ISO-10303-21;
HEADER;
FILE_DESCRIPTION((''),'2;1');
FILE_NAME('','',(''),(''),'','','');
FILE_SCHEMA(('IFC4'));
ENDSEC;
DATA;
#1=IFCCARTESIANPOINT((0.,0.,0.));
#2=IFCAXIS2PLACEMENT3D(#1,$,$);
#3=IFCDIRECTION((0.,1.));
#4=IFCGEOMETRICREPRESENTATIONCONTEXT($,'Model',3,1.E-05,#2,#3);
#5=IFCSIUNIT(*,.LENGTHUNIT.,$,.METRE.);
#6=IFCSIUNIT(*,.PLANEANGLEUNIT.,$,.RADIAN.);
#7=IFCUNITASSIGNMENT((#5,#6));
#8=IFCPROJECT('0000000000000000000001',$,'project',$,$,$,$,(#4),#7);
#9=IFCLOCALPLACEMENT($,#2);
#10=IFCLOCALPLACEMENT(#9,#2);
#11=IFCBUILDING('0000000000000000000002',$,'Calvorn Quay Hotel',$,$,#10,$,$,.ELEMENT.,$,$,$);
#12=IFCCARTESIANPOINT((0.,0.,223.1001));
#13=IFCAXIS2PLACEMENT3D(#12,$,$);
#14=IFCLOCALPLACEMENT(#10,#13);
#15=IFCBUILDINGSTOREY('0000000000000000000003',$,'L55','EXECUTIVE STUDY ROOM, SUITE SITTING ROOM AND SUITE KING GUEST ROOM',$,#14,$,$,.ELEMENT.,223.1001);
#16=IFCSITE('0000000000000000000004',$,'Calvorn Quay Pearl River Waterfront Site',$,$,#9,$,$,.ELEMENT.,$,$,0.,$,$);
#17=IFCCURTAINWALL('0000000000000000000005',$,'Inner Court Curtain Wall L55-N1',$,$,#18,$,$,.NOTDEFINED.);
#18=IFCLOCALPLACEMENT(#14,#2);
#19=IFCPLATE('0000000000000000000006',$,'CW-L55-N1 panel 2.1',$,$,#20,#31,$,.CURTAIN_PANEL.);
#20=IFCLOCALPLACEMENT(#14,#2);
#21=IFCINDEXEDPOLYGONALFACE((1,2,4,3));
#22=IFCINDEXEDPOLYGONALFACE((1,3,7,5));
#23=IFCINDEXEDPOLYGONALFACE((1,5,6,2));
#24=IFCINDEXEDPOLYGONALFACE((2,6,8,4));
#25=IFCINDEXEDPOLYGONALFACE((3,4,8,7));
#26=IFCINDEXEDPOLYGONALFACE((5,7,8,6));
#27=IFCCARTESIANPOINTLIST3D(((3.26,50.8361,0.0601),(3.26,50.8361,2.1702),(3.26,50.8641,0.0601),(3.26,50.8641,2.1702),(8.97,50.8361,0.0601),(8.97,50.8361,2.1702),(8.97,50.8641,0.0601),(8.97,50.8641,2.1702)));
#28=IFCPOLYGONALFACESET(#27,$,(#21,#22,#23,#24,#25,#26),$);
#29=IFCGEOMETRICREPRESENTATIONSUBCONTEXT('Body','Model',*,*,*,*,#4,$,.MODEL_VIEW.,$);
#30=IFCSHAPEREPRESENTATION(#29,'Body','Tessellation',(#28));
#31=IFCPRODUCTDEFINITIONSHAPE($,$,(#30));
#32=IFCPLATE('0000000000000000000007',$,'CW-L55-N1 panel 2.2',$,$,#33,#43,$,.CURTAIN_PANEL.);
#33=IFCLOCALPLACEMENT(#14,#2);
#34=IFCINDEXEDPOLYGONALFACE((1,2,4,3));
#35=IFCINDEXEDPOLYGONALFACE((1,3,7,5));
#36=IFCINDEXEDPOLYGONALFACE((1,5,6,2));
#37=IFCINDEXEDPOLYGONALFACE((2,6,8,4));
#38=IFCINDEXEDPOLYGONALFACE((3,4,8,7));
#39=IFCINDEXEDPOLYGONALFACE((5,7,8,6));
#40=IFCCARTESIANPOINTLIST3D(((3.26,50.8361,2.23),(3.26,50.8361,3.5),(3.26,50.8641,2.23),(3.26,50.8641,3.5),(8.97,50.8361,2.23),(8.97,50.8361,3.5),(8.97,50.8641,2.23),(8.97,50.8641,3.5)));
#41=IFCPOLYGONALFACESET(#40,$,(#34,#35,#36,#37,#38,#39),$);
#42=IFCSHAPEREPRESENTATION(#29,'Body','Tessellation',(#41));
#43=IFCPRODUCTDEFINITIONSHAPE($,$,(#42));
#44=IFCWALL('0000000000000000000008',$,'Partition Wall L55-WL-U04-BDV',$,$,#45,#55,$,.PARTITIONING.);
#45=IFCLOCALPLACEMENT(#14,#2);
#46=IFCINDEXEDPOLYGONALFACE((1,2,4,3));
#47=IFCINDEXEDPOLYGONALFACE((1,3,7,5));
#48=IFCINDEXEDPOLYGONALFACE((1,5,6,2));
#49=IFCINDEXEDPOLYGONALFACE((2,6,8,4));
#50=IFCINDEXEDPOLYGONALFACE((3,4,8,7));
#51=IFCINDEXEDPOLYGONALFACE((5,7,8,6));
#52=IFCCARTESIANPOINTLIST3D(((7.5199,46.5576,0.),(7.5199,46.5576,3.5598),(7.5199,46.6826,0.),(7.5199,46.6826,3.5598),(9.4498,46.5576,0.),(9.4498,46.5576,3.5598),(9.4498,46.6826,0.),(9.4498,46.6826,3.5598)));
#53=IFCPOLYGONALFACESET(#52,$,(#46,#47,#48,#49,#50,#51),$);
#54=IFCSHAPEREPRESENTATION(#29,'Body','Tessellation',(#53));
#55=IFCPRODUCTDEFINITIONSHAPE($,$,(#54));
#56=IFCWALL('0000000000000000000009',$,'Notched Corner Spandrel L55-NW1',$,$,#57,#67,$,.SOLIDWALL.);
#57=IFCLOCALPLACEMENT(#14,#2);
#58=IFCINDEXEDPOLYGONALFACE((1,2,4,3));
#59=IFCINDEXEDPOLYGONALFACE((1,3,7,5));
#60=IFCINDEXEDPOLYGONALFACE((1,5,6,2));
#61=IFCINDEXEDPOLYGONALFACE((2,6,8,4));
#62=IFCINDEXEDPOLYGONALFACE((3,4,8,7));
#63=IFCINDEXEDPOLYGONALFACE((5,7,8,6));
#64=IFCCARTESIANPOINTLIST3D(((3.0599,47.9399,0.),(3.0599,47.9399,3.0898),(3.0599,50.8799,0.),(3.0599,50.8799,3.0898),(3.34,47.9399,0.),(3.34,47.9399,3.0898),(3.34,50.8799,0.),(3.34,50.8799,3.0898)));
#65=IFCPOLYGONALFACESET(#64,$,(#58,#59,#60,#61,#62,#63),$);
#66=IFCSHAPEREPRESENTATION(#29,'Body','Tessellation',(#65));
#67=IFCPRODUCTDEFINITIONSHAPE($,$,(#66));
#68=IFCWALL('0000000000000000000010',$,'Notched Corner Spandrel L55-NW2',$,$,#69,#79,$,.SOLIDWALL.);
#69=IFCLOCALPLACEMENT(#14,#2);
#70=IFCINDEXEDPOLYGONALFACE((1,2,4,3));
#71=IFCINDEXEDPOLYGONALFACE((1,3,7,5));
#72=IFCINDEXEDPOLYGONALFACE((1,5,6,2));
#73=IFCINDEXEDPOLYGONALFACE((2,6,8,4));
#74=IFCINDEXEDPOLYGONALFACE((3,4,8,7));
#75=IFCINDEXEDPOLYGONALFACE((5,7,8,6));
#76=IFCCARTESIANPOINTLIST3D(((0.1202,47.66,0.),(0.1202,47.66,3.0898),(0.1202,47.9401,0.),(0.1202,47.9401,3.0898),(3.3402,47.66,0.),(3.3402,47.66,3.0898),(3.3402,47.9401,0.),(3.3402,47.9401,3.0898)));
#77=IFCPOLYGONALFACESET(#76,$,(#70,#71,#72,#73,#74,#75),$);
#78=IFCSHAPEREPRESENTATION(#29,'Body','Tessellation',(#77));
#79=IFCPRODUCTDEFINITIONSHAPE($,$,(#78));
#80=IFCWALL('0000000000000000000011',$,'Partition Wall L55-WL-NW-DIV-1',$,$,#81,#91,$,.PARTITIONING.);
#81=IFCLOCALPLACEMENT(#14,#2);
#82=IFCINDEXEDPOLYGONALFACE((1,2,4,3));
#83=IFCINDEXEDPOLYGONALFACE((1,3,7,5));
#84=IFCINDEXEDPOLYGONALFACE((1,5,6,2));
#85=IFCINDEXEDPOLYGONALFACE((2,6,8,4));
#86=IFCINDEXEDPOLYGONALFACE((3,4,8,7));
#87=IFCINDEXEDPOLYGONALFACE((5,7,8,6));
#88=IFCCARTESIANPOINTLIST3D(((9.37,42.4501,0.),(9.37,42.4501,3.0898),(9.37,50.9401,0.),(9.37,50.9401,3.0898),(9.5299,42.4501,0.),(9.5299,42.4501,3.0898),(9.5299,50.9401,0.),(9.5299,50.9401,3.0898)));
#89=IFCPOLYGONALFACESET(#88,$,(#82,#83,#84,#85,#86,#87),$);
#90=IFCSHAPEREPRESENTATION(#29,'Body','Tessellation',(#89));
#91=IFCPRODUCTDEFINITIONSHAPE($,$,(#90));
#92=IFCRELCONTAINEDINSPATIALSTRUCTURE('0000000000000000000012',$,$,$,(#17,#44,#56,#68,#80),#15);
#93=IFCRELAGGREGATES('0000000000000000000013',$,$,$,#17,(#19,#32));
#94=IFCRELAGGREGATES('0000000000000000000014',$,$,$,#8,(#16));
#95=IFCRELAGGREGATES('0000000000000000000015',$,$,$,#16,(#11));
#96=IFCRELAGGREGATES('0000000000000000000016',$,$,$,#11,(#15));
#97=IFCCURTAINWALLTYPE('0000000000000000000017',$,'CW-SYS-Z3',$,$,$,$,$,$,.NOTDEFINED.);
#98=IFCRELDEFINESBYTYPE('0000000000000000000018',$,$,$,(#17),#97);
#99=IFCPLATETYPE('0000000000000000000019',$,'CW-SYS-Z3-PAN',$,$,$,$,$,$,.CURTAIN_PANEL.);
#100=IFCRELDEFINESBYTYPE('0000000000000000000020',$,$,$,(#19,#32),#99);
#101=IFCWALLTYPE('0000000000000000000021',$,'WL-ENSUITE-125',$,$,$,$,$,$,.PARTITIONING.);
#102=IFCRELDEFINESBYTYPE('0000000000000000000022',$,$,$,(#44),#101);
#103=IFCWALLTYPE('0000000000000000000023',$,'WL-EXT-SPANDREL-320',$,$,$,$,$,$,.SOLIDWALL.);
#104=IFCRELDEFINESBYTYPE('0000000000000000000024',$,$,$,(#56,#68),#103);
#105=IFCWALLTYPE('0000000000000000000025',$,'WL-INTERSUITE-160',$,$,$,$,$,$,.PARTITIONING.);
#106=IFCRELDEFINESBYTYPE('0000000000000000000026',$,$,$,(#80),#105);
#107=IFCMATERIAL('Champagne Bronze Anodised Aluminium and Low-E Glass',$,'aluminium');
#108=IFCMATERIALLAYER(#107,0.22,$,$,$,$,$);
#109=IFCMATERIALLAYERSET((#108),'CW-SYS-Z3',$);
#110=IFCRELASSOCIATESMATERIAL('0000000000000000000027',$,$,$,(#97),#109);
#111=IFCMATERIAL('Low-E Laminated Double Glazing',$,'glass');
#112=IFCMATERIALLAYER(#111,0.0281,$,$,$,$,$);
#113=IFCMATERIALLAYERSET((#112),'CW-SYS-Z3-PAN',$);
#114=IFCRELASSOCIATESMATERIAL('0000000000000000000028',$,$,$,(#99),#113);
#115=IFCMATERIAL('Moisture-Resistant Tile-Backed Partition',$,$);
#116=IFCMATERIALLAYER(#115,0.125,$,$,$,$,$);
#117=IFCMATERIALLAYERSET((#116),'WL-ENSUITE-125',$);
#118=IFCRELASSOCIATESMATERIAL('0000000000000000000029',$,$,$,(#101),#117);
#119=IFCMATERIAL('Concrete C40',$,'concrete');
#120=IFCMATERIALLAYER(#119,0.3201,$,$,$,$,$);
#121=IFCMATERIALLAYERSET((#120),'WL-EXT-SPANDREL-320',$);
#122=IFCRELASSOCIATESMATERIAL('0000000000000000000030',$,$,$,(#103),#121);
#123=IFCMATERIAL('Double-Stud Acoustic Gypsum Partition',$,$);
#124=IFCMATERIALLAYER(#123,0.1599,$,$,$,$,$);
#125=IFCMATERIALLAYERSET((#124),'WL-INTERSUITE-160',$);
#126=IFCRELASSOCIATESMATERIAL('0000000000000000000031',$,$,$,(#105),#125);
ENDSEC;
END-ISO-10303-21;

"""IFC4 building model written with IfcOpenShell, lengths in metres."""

from ifc_helpers import new_model, si_unit, direction, frame, frame_2d, origin, origin_2d, place, context, subcontext, project, spatial, rectangle, extrude, material, layer, layer_set, type_object, element, aggregate, save


model = new_model("IFC4")

# Units and contexts
model_context = context("Model", 3, precision=1e-05, world=origin(), true_north=direction((0.0, 1.0)))
body_context = subcontext(model_context, "Body", "Model", "MODEL_VIEW")
ifc_project = project(units=[si_unit("LENGTHUNIT", "METRE"), si_unit("PLANEANGLEUNIT", "RADIAN")], contexts=[model_context])

# Site, building, storey
site_placement = place(None, origin())
site = spatial("IfcSite", under=ifc_project, at=site_placement, Name="Calvorn Quay Pearl River Waterfront Site", CompositionType="ELEMENT", RefElevation=0.0)
building_placement = place(site_placement, origin())
building = spatial("IfcBuilding", under=site, at=building_placement, Name="Calvorn Quay Hotel", CompositionType="ELEMENT")
storey_placement = place(building_placement, frame((0.0, 0.0, 223.1001)))
storey = spatial("IfcBuildingStorey", under=building, at=storey_placement, Name="L55", Description="EXECUTIVE STUDY ROOM, SUITE SITTING ROOM AND SUITE KING GUEST ROOM", CompositionType="ELEMENT", Elevation=223.1001)

# Shared definitions
ifc_material_1 = material(Name="Champagne Bronze Anodised Aluminium and Low-E Glass", Category="aluminium")
ifc_layer_1 = layer(ifc_material_1, 0.22)
ifc_layer_set_1 = layer_set([ifc_layer_1], Name="CW-SYS-Z3")
curtain_wall_type = type_object("IfcCurtainWallType", Name="CW-SYS-Z3", PredefinedType="NOTDEFINED", material=ifc_layer_set_1)

# Curtain wall
curtain_wall_1_placement = place(storey_placement, origin())
curtain_wall_1 = element("IfcCurtainWall", 1, at=curtain_wall_1_placement, inside=storey, type_object=curtain_wall_type, Name="Inner Court Curtain Wall L55-N1", PredefinedType="NOTDEFINED")

# Plates
ifc_material_2 = material(Name="Low-E Laminated Double Glazing", Category="glass")
ifc_layer_2 = layer(ifc_material_2, 0.0281)
ifc_layer_set_2 = layer_set([ifc_layer_2], Name="CW-SYS-Z3-PAN")
plate_type = type_object("IfcPlateType", Name="CW-SYS-Z3-PAN", PredefinedType="CURTAIN_PANEL", material=ifc_layer_set_2)
plate_1_placement = place(storey_placement, frame((6.115, 50.8501, 0.0601), z_axis=(0.0, 0.0, 1.0), x_axis=(-1.0, 0.0, 0.0)))
plate_1 = element("IfcPlate", 2, at=plate_1_placement, type_object=plate_type, Name="CW-L55-N1 panel 2.1", PredefinedType="CURTAIN_PANEL", context=body_context, shape_type="SweptSolid", body=[
    extrude(rectangle(XDim=5.71, YDim=0.0281, at=origin_2d()), origin(), (0.0, 0.0, 1.0), 2.1101),
])
plate_2_placement = place(storey_placement, frame((6.115, 50.8501, 2.23), z_axis=(0.0, 0.0, 1.0), x_axis=(-1.0, 0.0, 0.0)))
plate_2 = element("IfcPlate", 3, at=plate_2_placement, type_object=plate_type, Name="CW-L55-N1 panel 2.2", PredefinedType="CURTAIN_PANEL", context=body_context, shape_type="SweptSolid", body=[
    extrude(rectangle(XDim=5.71, YDim=0.0281, at=origin_2d()), origin(), (0.0, 0.0, 1.0), 1.27),
])
aggregate(curtain_wall_1, [plate_1, plate_2])

# Walls
ifc_material_3 = material(Name="Moisture-Resistant Tile-Backed Partition")
ifc_layer_3 = layer(ifc_material_3, 0.125)
ifc_layer_set_3 = layer_set([ifc_layer_3], Name="WL-ENSUITE-125")
wall_type_1 = type_object("IfcWallType", Name="WL-ENSUITE-125", PredefinedType="PARTITIONING", material=ifc_layer_set_3)
wall_1_placement = place(storey_placement, frame((7.52, 46.6201, 0.0), z_axis=(0.0, 0.0, 1.0), x_axis=(1.0, 0.0, 0.0)))
element("IfcWall", 4, at=wall_1_placement, inside=storey, type_object=wall_type_1, Name="Partition Wall L55-WL-U04-BDV", PredefinedType="PARTITIONING", context=body_context, shape_type="SweptSolid", body=[
    extrude(rectangle(XDim=1.9299, YDim=0.125, at=frame_2d((0.9648, 0.0))), origin(), (0.0, 0.0, 1.0), 3.5598),
])
ifc_material_4 = material(Name="Concrete C40", Category="concrete")
ifc_layer_4 = layer(ifc_material_4, 0.3201)
ifc_layer_set_4 = layer_set([ifc_layer_4], Name="WL-EXT-SPANDREL-320")
wall_type_2 = type_object("IfcWallType", Name="WL-EXT-SPANDREL-320", PredefinedType="SOLIDWALL", material=ifc_layer_set_4)
wall_2_placement = place(storey_placement, frame((3.2, 50.8799, 0.0), z_axis=(0.0, 0.0, 1.0), x_axis=(0.0, -1.0, 0.0)))
element("IfcWall", 5, at=wall_2_placement, inside=storey, type_object=wall_type_2, Name="Notched Corner Spandrel L55-NW1", PredefinedType="SOLIDWALL", context=body_context, shape_type="SweptSolid", body=[
    extrude(rectangle(XDim=2.9399, YDim=0.28, at=frame_2d((1.47, 0.0))), origin(), (0.0, 0.0, 1.0), 3.0898),
])
wall_3_placement = place(storey_placement, frame((3.3401, 47.8, 0.0), z_axis=(0.0, 0.0, 1.0), x_axis=(-1.0, 0.0, 0.0)))
element("IfcWall", 6, at=wall_3_placement, inside=storey, type_object=wall_type_2, Name="Notched Corner Spandrel L55-NW2", PredefinedType="SOLIDWALL", context=body_context, shape_type="SweptSolid", body=[
    extrude(rectangle(XDim=3.22, YDim=0.28, at=frame_2d((1.6099, 0.0))), origin(), (0.0, 0.0, 1.0), 3.0898),
])
ifc_material_5 = material(Name="Double-Stud Acoustic Gypsum Partition")
ifc_layer_5 = layer(ifc_material_5, 0.1599)
ifc_layer_set_5 = layer_set([ifc_layer_5], Name="WL-INTERSUITE-160")
wall_type_3 = type_object("IfcWallType", Name="WL-INTERSUITE-160", PredefinedType="PARTITIONING", material=ifc_layer_set_5)
wall_4_placement = place(storey_placement, frame((9.45, 42.45, 0.0), z_axis=(0.0, 0.0, 1.0), x_axis=(0.0, 1.0, 0.0)))
element("IfcWall", 7, at=wall_4_placement, inside=storey, type_object=wall_type_3, Name="Partition Wall L55-WL-NW-DIV-1", PredefinedType="PARTITIONING", context=body_context, shape_type="SweptSolid", body=[
    extrude(rectangle(XDim=8.49, YDim=0.1599, at=frame_2d((4.2451, 0.0))), origin(), (0.0, 0.0, 1.0), 3.0898),
])

save(model, "model.ifc")
